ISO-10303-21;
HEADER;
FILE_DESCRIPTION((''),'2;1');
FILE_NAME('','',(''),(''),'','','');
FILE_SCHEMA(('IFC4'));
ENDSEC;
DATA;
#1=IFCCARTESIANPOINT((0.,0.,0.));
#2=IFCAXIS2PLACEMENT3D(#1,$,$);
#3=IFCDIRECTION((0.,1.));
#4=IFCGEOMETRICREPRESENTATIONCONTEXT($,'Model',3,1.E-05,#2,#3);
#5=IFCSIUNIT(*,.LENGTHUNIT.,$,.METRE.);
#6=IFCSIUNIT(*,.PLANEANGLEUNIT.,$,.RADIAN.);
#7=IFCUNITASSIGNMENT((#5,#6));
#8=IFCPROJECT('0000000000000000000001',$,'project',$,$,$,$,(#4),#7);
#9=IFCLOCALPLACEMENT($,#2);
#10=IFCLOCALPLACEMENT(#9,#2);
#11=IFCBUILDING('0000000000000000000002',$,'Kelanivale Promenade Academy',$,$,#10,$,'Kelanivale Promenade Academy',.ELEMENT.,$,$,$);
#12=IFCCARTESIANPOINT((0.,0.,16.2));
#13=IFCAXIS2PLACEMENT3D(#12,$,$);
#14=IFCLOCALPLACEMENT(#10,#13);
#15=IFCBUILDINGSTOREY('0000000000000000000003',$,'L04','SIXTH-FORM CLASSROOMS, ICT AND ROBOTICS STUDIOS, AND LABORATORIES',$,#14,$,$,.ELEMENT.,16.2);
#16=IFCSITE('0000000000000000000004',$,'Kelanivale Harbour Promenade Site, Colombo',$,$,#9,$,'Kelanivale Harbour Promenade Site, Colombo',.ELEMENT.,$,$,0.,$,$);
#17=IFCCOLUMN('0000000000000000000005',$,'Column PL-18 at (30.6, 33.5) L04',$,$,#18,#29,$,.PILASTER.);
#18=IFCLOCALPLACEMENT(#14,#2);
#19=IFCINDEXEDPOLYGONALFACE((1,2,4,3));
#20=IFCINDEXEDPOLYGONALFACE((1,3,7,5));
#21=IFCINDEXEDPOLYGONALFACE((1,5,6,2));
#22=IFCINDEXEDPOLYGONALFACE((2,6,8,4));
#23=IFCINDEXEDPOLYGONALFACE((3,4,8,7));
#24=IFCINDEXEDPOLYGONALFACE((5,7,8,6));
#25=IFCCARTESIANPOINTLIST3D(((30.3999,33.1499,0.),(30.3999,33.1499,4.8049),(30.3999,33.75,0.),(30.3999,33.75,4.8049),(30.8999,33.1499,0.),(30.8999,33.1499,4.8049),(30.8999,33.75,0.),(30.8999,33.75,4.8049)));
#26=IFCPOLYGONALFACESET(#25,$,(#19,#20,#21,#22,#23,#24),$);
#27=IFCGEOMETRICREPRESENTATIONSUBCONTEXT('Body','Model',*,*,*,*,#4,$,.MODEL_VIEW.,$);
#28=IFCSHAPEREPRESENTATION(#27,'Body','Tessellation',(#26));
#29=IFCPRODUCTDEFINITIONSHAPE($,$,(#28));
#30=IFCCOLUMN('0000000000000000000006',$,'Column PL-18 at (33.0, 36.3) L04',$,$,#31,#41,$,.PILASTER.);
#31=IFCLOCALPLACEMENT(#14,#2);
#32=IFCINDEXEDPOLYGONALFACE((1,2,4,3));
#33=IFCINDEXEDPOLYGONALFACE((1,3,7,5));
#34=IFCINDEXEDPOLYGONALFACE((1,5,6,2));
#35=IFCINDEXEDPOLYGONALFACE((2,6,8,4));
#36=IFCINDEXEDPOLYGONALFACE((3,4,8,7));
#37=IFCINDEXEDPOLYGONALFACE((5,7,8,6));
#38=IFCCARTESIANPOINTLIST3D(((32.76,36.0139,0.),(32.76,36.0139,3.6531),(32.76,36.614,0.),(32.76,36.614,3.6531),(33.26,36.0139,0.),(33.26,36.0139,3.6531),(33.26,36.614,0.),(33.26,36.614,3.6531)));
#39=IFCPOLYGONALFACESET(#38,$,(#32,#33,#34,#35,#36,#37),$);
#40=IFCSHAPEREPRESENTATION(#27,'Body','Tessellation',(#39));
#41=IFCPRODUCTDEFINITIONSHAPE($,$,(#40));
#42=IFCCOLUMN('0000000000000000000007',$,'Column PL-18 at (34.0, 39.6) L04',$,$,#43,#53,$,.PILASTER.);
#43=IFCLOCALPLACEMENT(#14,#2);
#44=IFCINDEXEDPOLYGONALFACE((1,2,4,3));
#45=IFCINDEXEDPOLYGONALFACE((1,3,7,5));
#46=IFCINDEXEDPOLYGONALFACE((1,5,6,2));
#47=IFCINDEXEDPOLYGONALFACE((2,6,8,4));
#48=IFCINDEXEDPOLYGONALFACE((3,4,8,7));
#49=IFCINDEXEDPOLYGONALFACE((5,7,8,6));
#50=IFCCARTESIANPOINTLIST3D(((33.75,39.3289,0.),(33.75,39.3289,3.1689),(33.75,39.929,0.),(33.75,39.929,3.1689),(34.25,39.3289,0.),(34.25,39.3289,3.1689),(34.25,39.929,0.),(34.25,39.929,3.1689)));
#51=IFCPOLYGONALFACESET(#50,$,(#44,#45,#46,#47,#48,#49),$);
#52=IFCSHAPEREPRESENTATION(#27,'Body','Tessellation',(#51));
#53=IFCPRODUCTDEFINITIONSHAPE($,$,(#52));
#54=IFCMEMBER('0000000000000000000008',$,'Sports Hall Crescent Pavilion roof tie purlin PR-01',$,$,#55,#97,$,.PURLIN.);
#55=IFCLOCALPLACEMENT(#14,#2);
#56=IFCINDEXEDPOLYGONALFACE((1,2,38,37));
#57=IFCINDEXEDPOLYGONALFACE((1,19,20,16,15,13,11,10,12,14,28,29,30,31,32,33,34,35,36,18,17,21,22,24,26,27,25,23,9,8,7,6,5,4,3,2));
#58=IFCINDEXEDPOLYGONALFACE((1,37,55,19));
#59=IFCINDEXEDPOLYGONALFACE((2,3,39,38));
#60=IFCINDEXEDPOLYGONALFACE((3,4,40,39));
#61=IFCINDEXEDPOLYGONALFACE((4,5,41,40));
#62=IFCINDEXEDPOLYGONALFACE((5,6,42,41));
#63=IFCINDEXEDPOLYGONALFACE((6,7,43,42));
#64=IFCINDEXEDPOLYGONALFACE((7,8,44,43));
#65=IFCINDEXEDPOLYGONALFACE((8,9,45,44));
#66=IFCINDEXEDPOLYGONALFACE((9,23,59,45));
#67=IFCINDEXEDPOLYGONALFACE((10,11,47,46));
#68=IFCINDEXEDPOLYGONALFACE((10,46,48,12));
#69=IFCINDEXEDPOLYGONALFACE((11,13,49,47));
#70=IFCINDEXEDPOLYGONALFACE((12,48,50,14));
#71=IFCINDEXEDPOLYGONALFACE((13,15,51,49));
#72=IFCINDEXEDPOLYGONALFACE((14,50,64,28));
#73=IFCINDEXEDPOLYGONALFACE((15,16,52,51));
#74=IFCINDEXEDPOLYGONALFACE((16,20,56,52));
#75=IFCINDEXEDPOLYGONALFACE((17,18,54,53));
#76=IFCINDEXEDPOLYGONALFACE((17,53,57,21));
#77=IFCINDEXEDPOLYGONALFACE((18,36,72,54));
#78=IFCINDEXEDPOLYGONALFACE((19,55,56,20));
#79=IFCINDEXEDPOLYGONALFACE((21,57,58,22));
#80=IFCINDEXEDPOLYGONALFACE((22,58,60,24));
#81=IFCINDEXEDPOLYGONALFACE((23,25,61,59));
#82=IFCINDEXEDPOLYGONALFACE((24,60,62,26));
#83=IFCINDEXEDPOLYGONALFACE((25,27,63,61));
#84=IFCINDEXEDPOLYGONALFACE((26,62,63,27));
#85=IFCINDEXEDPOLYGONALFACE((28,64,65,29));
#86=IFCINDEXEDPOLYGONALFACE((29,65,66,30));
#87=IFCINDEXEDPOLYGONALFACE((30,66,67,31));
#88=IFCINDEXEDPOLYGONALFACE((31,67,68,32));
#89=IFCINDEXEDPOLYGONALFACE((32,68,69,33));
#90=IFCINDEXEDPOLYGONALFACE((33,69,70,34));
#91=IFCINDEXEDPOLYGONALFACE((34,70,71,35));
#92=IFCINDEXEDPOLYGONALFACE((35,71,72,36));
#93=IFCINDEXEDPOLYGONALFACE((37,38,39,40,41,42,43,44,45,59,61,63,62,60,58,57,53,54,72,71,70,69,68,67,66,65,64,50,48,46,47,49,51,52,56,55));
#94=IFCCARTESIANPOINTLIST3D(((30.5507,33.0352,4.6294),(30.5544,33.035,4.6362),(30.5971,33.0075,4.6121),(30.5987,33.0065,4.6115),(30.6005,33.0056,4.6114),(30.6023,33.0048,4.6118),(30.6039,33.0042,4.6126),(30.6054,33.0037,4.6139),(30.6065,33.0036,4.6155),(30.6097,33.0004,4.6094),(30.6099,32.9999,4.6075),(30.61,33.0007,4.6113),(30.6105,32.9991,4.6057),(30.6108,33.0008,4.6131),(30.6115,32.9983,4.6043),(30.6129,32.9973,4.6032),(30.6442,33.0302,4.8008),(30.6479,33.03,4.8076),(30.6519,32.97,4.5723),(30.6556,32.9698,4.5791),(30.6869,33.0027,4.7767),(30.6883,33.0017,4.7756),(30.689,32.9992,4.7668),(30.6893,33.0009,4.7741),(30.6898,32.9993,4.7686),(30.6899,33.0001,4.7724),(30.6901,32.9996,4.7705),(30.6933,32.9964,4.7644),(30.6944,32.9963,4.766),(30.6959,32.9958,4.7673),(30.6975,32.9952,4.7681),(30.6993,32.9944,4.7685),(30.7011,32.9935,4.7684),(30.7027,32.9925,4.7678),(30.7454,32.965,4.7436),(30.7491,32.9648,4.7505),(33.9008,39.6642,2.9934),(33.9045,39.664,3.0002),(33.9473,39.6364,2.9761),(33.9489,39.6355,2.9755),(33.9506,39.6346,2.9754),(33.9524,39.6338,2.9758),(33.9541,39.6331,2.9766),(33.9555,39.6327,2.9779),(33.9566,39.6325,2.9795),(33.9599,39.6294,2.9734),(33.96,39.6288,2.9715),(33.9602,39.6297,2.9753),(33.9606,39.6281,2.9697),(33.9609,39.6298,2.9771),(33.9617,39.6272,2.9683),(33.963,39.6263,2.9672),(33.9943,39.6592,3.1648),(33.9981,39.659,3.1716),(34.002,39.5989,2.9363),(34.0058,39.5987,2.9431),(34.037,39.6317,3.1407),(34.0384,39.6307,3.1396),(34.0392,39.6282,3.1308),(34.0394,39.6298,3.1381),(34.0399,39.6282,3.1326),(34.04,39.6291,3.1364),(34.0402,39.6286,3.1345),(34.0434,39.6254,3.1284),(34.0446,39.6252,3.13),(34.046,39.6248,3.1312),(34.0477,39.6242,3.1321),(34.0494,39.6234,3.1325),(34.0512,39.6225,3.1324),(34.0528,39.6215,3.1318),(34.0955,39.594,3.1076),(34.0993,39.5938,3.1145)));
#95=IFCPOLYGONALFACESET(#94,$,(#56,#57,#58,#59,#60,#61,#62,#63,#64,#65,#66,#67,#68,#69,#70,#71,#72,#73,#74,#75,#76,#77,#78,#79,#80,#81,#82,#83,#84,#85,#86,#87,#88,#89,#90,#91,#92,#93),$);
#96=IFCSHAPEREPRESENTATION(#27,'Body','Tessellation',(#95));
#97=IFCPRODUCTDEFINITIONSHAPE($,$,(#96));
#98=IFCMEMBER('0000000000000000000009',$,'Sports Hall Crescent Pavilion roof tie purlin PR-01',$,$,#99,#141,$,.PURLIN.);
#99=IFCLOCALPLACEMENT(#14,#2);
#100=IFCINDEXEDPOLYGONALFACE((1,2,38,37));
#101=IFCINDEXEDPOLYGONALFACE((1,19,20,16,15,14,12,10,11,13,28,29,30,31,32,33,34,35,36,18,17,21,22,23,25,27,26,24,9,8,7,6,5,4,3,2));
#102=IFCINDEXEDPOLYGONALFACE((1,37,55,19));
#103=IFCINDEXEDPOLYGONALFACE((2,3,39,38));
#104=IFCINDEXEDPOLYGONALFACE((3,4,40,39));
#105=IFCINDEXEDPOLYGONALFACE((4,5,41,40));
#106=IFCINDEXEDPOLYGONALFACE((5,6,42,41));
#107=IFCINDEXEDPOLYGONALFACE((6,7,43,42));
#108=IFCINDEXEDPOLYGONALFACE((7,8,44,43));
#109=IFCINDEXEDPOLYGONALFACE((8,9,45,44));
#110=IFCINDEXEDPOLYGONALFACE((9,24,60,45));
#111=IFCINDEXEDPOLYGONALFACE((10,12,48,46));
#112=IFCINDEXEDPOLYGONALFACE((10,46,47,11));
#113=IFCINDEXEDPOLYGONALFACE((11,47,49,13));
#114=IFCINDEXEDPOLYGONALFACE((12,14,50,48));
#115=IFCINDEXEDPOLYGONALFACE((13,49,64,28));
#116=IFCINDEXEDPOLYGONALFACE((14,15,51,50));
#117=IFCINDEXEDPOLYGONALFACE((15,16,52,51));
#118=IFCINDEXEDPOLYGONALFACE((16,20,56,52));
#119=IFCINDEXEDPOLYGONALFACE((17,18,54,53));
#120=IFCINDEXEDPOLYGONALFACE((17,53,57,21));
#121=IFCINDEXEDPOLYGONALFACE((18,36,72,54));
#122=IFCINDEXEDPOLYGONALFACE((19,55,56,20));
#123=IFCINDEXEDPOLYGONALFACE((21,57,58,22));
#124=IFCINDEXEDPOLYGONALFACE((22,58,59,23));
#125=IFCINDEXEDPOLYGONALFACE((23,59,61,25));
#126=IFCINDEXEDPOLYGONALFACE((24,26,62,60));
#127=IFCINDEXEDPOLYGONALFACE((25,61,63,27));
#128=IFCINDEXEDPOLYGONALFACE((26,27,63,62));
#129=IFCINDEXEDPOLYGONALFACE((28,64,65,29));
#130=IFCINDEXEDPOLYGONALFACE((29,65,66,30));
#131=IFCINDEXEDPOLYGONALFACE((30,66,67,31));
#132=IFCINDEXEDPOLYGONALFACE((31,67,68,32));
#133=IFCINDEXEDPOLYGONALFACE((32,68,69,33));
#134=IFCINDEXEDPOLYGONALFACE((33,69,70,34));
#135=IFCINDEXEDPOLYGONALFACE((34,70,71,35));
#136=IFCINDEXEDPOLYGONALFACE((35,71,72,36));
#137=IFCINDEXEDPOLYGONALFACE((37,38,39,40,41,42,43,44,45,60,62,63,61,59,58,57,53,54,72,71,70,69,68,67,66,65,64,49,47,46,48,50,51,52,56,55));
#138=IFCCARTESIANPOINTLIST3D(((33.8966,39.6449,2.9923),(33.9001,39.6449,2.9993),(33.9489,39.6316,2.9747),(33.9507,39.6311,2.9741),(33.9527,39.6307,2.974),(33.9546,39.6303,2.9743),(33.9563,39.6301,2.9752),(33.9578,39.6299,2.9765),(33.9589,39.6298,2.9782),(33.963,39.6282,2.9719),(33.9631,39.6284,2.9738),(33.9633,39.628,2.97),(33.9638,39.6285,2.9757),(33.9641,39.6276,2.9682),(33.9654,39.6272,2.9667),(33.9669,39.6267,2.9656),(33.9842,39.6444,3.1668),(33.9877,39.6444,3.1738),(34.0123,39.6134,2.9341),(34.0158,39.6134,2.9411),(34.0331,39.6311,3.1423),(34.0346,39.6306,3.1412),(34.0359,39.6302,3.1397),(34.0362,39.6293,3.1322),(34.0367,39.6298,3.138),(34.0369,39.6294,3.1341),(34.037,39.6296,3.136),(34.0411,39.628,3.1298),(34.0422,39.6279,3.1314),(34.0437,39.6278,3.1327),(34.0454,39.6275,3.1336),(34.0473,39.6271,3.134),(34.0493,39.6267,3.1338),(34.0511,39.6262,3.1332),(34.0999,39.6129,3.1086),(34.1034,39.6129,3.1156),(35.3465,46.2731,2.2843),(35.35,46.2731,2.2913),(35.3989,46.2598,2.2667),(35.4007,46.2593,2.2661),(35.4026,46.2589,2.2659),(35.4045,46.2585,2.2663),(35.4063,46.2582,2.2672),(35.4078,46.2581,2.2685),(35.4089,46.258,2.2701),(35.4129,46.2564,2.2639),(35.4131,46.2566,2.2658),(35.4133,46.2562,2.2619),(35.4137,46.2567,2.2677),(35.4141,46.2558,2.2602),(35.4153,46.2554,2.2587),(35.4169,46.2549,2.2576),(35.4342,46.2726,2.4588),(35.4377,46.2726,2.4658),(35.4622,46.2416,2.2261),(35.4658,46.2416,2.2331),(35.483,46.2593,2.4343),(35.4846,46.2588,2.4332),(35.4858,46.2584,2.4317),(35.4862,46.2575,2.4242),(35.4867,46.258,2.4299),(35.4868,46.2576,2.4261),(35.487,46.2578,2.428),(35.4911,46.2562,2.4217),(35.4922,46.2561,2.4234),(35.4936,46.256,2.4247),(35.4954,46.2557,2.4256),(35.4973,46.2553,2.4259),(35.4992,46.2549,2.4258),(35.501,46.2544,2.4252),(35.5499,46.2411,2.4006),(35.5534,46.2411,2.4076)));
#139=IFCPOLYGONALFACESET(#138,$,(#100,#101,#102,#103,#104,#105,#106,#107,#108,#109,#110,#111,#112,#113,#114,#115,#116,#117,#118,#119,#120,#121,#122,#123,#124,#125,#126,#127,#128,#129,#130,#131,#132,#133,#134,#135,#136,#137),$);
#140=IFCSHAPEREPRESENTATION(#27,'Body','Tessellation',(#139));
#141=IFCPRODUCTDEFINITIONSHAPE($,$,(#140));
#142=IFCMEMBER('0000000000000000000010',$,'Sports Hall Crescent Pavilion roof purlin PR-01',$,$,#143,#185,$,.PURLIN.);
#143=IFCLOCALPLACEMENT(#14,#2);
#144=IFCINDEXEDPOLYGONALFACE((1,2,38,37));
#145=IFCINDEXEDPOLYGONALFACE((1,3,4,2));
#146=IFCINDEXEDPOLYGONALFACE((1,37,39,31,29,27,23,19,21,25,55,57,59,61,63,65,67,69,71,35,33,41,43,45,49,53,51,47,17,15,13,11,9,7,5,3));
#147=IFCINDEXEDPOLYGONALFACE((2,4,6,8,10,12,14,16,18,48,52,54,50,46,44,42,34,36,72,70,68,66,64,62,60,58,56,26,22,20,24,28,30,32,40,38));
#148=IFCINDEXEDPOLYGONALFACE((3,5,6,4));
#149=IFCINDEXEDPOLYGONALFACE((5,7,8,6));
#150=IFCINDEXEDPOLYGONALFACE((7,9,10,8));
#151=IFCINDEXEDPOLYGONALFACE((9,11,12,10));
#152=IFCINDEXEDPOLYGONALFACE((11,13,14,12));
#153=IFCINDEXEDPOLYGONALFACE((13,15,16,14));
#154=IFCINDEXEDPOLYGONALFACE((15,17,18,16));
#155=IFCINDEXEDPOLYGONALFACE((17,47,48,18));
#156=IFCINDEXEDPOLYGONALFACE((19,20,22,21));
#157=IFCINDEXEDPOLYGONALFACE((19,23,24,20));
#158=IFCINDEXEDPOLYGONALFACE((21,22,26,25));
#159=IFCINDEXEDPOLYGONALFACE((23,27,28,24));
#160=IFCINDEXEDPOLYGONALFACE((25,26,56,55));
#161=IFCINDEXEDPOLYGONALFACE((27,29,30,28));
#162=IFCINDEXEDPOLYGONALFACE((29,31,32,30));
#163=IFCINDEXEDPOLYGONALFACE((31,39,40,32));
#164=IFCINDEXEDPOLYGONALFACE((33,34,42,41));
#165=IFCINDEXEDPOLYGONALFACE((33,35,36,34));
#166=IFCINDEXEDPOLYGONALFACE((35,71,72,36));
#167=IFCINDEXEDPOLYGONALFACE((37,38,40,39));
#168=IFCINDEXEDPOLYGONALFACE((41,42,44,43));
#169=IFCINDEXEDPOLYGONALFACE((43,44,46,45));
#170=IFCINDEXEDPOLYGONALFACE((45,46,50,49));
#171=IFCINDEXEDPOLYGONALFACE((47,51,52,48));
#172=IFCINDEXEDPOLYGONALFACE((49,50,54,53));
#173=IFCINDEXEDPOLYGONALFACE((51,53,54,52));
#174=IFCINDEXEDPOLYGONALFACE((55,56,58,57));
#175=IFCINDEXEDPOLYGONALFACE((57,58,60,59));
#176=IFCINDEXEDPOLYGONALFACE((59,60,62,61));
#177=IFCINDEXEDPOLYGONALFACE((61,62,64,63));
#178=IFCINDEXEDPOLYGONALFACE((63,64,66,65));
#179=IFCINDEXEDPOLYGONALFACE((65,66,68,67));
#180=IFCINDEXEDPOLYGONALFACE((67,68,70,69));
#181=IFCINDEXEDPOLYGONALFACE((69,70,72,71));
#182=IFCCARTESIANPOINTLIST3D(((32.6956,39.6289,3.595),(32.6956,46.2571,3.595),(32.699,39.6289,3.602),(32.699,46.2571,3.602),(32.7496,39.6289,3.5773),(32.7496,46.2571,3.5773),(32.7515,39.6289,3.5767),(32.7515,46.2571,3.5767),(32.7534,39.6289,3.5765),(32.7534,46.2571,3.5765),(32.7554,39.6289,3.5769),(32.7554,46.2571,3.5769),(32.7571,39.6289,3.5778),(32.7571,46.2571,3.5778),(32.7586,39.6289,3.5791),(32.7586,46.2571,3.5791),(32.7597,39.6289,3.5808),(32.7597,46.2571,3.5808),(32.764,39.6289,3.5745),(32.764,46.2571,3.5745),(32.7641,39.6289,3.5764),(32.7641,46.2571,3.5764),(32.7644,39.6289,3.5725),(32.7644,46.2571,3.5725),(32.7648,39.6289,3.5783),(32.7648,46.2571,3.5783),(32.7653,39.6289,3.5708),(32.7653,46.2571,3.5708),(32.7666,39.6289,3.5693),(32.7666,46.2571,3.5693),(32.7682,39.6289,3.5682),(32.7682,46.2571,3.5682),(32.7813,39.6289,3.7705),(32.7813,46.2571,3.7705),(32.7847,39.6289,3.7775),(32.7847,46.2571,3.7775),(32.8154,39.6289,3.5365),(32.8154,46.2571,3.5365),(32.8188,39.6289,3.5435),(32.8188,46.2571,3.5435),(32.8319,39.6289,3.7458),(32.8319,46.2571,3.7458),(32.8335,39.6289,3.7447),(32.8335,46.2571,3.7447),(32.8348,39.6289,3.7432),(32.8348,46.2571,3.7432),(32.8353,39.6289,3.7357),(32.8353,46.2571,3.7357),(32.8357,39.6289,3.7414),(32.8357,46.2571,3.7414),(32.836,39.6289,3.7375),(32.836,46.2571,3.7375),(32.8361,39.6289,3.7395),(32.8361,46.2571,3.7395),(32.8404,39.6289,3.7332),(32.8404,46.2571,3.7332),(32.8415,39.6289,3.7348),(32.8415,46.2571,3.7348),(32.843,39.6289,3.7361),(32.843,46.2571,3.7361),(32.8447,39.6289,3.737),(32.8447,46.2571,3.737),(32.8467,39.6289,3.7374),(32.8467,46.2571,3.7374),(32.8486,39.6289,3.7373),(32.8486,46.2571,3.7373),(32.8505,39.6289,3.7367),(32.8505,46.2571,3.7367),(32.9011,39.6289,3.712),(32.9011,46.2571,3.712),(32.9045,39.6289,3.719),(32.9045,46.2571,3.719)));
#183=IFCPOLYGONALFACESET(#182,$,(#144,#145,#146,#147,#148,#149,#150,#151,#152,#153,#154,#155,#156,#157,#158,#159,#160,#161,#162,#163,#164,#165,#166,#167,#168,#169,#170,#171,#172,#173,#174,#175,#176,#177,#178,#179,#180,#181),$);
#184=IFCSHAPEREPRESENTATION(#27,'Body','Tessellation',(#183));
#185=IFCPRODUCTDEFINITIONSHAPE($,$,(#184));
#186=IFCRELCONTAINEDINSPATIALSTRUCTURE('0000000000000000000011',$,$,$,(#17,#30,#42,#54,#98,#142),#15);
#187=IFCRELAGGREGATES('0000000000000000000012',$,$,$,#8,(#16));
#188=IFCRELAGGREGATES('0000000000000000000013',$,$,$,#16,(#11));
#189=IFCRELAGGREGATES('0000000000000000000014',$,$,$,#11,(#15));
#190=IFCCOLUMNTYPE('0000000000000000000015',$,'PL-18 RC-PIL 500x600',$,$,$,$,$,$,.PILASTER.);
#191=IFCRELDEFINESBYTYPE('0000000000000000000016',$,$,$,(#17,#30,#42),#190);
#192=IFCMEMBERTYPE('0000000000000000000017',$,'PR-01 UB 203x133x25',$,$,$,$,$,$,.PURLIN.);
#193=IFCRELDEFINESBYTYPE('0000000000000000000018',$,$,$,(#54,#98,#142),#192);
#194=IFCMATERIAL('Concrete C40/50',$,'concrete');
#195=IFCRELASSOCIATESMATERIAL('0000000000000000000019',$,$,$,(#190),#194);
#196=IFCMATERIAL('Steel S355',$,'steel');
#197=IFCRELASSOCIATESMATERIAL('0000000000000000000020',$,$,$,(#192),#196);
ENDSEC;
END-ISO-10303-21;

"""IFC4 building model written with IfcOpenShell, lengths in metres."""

from ifc_helpers import new_model, si_unit, direction, frame, origin, origin_2d, place, context, subcontext, project, spatial, rectangle, i_section, extrude, material, material_profile, profile_set, type_object, element, save


model = new_model("IFC4")

# Units and contexts
model_context = context("Model", 3, precision=1e-05, world=origin(), true_north=direction((0.0, 1.0)))
body_context = subcontext(model_context, "Body", "Model", "MODEL_VIEW")
ifc_project = project(units=[si_unit("LENGTHUNIT", "METRE"), si_unit("PLANEANGLEUNIT", "RADIAN")], contexts=[model_context])

# Site, building, storey
site_placement = place(None, origin())
site = spatial("IfcSite", under=ifc_project, at=site_placement, Name="Kelanivale Harbour Promenade Site, Colombo", LongName="Kelanivale Harbour Promenade Site, Colombo", CompositionType="ELEMENT", RefElevation=0.0)
building_placement = place(site_placement, origin())
building = spatial("IfcBuilding", under=site, at=building_placement, Name="Kelanivale Promenade Academy", LongName="Kelanivale Promenade Academy", CompositionType="ELEMENT")
storey_placement = place(building_placement, frame((0.0, 0.0, 16.2)))
storey = spatial("IfcBuildingStorey", under=building, at=storey_placement, Name="L04", Description="SIXTH-FORM CLASSROOMS, ICT AND ROBOTICS STUDIOS, AND LABORATORIES", CompositionType="ELEMENT", Elevation=16.2)

# Columns
ifc_material_1 = material(Name="Concrete C40/50", Category="concrete")
ifc_material_profile_1 = material_profile(ifc_material_1, rectangle(XDim=0.5, YDim=0.6001, at=origin_2d()), Name="RC-PIL 500x600")
ifc_profile_set_1 = profile_set([ifc_material_profile_1], Name="Concrete C40/50")
column_type = type_object("IfcColumnType", Name="PL-18 RC-PIL 500x600", PredefinedType="PILASTER", material=ifc_profile_set_1)
column_1_placement = place(storey_placement, frame((30.6499, 33.45, 0.0), z_axis=(0.0, 0.0, 1.0), x_axis=(1.0, 0.0, 0.0)))
element("IfcColumn", 1, at=column_1_placement, inside=storey, type_object=column_type, Name="Column PL-18 at (30.6, 33.5) L04", PredefinedType="PILASTER", context=body_context, shape_type="SweptSolid", body=[
    extrude(rectangle(XDim=0.5, YDim=0.6001, at=origin_2d()), origin(), (0.0, 0.0, 1.0), 4.8049),
])
column_2_placement = place(storey_placement, frame((33.01, 36.314, 0.0), z_axis=(0.0, 0.0, 1.0), x_axis=(1.0, 0.0, 0.0)))
element("IfcColumn", 2, at=column_2_placement, inside=storey, type_object=column_type, Name="Column PL-18 at (33.0, 36.3) L04", PredefinedType="PILASTER", context=body_context, shape_type="SweptSolid", body=[
    extrude(rectangle(XDim=0.5, YDim=0.6001, at=origin_2d()), origin(), (0.0, 0.0, 1.0), 3.6531),
])
column_3_placement = place(storey_placement, frame((34.0, 39.6289, 0.0), z_axis=(0.0, 0.0, 1.0), x_axis=(1.0, 0.0, 0.0)))
element("IfcColumn", 3, at=column_3_placement, inside=storey, type_object=column_type, Name="Column PL-18 at (34.0, 39.6) L04", PredefinedType="PILASTER", context=body_context, shape_type="SweptSolid", body=[
    extrude(rectangle(XDim=0.5, YDim=0.6001, at=origin_2d()), origin(), (0.0, 0.0, 1.0), 3.1689),
])

# Members
ifc_material_2 = material(Name="Steel S355", Category="steel")
ifc_material_profile_2 = material_profile(ifc_material_2, i_section(OverallWidth=0.1333, OverallDepth=0.2031, WebThickness=0.0056, FlangeThickness=0.0078, FilletRadius=0.0076, at=origin_2d()), Name="UB 203x133x25")
ifc_profile_set_2 = profile_set([ifc_material_profile_2], Name="Steel S355")
member_type_1 = type_object("IfcMemberType", Name="PR-01 UB 203x133x25", PredefinedType="PURLIN", material=ifc_profile_set_2)
member_1_placement = place(storey_placement, frame((30.6499, 33.0, 4.6899), z_axis=(0.44049, 0.871606, -0.215109), x_axis=(-0.75939, 0.489547, 0.428568)))
element("IfcMember", 4, at=member_1_placement, inside=storey, type_object=member_type_1, Name="Sports Hall Crescent Pavilion roof tie purlin PR-01", PredefinedType="PURLIN", context=body_context, shape_type="SweptSolid", body=[
    extrude(i_section(OverallWidth=0.1333, OverallDepth=0.2031, WebThickness=0.0056, FlangeThickness=0.0078, FilletRadius=0.0076, at=origin_2d()), origin(), (0.0, 0.0, 1.0), 7.6055),
])
member_2_placement = place(storey_placement, frame((34.0, 39.6289, 3.054), z_axis=(0.212548, 0.971623, -0.103787), x_axis=(-0.868073, 0.236519, 0.436472)))
element("IfcMember", 5, at=member_2_placement, inside=storey, type_object=member_type_1, Name="Sports Hall Crescent Pavilion roof tie purlin PR-01", PredefinedType="PURLIN", context=body_context, shape_type="SweptSolid", body=[
    extrude(i_section(OverallWidth=0.1333, OverallDepth=0.2031, WebThickness=0.0056, FlangeThickness=0.0078, FilletRadius=0.0076, at=origin_2d()), origin(), (0.0, 0.0, 1.0), 6.8218),
])
member_3_placement = place(storey_placement, frame((32.8, 39.6289, 3.657), z_axis=(0.0, 1.0, 0.0), x_axis=(-0.898564, 0.0, 0.438842)))
element("IfcMember", 6, at=member_3_placement, inside=storey, type_object=member_type_1, Name="Sports Hall Crescent Pavilion roof purlin PR-01", PredefinedType="PURLIN", context=body_context, shape_type="SweptSolid", body=[
    extrude(i_section(OverallWidth=0.1333, OverallDepth=0.2031, WebThickness=0.0056, FlangeThickness=0.0078, FilletRadius=0.0076, at=origin_2d()), origin(), (0.0, 0.0, 1.0), 6.6282),
])

save(model, "model.ifc")
